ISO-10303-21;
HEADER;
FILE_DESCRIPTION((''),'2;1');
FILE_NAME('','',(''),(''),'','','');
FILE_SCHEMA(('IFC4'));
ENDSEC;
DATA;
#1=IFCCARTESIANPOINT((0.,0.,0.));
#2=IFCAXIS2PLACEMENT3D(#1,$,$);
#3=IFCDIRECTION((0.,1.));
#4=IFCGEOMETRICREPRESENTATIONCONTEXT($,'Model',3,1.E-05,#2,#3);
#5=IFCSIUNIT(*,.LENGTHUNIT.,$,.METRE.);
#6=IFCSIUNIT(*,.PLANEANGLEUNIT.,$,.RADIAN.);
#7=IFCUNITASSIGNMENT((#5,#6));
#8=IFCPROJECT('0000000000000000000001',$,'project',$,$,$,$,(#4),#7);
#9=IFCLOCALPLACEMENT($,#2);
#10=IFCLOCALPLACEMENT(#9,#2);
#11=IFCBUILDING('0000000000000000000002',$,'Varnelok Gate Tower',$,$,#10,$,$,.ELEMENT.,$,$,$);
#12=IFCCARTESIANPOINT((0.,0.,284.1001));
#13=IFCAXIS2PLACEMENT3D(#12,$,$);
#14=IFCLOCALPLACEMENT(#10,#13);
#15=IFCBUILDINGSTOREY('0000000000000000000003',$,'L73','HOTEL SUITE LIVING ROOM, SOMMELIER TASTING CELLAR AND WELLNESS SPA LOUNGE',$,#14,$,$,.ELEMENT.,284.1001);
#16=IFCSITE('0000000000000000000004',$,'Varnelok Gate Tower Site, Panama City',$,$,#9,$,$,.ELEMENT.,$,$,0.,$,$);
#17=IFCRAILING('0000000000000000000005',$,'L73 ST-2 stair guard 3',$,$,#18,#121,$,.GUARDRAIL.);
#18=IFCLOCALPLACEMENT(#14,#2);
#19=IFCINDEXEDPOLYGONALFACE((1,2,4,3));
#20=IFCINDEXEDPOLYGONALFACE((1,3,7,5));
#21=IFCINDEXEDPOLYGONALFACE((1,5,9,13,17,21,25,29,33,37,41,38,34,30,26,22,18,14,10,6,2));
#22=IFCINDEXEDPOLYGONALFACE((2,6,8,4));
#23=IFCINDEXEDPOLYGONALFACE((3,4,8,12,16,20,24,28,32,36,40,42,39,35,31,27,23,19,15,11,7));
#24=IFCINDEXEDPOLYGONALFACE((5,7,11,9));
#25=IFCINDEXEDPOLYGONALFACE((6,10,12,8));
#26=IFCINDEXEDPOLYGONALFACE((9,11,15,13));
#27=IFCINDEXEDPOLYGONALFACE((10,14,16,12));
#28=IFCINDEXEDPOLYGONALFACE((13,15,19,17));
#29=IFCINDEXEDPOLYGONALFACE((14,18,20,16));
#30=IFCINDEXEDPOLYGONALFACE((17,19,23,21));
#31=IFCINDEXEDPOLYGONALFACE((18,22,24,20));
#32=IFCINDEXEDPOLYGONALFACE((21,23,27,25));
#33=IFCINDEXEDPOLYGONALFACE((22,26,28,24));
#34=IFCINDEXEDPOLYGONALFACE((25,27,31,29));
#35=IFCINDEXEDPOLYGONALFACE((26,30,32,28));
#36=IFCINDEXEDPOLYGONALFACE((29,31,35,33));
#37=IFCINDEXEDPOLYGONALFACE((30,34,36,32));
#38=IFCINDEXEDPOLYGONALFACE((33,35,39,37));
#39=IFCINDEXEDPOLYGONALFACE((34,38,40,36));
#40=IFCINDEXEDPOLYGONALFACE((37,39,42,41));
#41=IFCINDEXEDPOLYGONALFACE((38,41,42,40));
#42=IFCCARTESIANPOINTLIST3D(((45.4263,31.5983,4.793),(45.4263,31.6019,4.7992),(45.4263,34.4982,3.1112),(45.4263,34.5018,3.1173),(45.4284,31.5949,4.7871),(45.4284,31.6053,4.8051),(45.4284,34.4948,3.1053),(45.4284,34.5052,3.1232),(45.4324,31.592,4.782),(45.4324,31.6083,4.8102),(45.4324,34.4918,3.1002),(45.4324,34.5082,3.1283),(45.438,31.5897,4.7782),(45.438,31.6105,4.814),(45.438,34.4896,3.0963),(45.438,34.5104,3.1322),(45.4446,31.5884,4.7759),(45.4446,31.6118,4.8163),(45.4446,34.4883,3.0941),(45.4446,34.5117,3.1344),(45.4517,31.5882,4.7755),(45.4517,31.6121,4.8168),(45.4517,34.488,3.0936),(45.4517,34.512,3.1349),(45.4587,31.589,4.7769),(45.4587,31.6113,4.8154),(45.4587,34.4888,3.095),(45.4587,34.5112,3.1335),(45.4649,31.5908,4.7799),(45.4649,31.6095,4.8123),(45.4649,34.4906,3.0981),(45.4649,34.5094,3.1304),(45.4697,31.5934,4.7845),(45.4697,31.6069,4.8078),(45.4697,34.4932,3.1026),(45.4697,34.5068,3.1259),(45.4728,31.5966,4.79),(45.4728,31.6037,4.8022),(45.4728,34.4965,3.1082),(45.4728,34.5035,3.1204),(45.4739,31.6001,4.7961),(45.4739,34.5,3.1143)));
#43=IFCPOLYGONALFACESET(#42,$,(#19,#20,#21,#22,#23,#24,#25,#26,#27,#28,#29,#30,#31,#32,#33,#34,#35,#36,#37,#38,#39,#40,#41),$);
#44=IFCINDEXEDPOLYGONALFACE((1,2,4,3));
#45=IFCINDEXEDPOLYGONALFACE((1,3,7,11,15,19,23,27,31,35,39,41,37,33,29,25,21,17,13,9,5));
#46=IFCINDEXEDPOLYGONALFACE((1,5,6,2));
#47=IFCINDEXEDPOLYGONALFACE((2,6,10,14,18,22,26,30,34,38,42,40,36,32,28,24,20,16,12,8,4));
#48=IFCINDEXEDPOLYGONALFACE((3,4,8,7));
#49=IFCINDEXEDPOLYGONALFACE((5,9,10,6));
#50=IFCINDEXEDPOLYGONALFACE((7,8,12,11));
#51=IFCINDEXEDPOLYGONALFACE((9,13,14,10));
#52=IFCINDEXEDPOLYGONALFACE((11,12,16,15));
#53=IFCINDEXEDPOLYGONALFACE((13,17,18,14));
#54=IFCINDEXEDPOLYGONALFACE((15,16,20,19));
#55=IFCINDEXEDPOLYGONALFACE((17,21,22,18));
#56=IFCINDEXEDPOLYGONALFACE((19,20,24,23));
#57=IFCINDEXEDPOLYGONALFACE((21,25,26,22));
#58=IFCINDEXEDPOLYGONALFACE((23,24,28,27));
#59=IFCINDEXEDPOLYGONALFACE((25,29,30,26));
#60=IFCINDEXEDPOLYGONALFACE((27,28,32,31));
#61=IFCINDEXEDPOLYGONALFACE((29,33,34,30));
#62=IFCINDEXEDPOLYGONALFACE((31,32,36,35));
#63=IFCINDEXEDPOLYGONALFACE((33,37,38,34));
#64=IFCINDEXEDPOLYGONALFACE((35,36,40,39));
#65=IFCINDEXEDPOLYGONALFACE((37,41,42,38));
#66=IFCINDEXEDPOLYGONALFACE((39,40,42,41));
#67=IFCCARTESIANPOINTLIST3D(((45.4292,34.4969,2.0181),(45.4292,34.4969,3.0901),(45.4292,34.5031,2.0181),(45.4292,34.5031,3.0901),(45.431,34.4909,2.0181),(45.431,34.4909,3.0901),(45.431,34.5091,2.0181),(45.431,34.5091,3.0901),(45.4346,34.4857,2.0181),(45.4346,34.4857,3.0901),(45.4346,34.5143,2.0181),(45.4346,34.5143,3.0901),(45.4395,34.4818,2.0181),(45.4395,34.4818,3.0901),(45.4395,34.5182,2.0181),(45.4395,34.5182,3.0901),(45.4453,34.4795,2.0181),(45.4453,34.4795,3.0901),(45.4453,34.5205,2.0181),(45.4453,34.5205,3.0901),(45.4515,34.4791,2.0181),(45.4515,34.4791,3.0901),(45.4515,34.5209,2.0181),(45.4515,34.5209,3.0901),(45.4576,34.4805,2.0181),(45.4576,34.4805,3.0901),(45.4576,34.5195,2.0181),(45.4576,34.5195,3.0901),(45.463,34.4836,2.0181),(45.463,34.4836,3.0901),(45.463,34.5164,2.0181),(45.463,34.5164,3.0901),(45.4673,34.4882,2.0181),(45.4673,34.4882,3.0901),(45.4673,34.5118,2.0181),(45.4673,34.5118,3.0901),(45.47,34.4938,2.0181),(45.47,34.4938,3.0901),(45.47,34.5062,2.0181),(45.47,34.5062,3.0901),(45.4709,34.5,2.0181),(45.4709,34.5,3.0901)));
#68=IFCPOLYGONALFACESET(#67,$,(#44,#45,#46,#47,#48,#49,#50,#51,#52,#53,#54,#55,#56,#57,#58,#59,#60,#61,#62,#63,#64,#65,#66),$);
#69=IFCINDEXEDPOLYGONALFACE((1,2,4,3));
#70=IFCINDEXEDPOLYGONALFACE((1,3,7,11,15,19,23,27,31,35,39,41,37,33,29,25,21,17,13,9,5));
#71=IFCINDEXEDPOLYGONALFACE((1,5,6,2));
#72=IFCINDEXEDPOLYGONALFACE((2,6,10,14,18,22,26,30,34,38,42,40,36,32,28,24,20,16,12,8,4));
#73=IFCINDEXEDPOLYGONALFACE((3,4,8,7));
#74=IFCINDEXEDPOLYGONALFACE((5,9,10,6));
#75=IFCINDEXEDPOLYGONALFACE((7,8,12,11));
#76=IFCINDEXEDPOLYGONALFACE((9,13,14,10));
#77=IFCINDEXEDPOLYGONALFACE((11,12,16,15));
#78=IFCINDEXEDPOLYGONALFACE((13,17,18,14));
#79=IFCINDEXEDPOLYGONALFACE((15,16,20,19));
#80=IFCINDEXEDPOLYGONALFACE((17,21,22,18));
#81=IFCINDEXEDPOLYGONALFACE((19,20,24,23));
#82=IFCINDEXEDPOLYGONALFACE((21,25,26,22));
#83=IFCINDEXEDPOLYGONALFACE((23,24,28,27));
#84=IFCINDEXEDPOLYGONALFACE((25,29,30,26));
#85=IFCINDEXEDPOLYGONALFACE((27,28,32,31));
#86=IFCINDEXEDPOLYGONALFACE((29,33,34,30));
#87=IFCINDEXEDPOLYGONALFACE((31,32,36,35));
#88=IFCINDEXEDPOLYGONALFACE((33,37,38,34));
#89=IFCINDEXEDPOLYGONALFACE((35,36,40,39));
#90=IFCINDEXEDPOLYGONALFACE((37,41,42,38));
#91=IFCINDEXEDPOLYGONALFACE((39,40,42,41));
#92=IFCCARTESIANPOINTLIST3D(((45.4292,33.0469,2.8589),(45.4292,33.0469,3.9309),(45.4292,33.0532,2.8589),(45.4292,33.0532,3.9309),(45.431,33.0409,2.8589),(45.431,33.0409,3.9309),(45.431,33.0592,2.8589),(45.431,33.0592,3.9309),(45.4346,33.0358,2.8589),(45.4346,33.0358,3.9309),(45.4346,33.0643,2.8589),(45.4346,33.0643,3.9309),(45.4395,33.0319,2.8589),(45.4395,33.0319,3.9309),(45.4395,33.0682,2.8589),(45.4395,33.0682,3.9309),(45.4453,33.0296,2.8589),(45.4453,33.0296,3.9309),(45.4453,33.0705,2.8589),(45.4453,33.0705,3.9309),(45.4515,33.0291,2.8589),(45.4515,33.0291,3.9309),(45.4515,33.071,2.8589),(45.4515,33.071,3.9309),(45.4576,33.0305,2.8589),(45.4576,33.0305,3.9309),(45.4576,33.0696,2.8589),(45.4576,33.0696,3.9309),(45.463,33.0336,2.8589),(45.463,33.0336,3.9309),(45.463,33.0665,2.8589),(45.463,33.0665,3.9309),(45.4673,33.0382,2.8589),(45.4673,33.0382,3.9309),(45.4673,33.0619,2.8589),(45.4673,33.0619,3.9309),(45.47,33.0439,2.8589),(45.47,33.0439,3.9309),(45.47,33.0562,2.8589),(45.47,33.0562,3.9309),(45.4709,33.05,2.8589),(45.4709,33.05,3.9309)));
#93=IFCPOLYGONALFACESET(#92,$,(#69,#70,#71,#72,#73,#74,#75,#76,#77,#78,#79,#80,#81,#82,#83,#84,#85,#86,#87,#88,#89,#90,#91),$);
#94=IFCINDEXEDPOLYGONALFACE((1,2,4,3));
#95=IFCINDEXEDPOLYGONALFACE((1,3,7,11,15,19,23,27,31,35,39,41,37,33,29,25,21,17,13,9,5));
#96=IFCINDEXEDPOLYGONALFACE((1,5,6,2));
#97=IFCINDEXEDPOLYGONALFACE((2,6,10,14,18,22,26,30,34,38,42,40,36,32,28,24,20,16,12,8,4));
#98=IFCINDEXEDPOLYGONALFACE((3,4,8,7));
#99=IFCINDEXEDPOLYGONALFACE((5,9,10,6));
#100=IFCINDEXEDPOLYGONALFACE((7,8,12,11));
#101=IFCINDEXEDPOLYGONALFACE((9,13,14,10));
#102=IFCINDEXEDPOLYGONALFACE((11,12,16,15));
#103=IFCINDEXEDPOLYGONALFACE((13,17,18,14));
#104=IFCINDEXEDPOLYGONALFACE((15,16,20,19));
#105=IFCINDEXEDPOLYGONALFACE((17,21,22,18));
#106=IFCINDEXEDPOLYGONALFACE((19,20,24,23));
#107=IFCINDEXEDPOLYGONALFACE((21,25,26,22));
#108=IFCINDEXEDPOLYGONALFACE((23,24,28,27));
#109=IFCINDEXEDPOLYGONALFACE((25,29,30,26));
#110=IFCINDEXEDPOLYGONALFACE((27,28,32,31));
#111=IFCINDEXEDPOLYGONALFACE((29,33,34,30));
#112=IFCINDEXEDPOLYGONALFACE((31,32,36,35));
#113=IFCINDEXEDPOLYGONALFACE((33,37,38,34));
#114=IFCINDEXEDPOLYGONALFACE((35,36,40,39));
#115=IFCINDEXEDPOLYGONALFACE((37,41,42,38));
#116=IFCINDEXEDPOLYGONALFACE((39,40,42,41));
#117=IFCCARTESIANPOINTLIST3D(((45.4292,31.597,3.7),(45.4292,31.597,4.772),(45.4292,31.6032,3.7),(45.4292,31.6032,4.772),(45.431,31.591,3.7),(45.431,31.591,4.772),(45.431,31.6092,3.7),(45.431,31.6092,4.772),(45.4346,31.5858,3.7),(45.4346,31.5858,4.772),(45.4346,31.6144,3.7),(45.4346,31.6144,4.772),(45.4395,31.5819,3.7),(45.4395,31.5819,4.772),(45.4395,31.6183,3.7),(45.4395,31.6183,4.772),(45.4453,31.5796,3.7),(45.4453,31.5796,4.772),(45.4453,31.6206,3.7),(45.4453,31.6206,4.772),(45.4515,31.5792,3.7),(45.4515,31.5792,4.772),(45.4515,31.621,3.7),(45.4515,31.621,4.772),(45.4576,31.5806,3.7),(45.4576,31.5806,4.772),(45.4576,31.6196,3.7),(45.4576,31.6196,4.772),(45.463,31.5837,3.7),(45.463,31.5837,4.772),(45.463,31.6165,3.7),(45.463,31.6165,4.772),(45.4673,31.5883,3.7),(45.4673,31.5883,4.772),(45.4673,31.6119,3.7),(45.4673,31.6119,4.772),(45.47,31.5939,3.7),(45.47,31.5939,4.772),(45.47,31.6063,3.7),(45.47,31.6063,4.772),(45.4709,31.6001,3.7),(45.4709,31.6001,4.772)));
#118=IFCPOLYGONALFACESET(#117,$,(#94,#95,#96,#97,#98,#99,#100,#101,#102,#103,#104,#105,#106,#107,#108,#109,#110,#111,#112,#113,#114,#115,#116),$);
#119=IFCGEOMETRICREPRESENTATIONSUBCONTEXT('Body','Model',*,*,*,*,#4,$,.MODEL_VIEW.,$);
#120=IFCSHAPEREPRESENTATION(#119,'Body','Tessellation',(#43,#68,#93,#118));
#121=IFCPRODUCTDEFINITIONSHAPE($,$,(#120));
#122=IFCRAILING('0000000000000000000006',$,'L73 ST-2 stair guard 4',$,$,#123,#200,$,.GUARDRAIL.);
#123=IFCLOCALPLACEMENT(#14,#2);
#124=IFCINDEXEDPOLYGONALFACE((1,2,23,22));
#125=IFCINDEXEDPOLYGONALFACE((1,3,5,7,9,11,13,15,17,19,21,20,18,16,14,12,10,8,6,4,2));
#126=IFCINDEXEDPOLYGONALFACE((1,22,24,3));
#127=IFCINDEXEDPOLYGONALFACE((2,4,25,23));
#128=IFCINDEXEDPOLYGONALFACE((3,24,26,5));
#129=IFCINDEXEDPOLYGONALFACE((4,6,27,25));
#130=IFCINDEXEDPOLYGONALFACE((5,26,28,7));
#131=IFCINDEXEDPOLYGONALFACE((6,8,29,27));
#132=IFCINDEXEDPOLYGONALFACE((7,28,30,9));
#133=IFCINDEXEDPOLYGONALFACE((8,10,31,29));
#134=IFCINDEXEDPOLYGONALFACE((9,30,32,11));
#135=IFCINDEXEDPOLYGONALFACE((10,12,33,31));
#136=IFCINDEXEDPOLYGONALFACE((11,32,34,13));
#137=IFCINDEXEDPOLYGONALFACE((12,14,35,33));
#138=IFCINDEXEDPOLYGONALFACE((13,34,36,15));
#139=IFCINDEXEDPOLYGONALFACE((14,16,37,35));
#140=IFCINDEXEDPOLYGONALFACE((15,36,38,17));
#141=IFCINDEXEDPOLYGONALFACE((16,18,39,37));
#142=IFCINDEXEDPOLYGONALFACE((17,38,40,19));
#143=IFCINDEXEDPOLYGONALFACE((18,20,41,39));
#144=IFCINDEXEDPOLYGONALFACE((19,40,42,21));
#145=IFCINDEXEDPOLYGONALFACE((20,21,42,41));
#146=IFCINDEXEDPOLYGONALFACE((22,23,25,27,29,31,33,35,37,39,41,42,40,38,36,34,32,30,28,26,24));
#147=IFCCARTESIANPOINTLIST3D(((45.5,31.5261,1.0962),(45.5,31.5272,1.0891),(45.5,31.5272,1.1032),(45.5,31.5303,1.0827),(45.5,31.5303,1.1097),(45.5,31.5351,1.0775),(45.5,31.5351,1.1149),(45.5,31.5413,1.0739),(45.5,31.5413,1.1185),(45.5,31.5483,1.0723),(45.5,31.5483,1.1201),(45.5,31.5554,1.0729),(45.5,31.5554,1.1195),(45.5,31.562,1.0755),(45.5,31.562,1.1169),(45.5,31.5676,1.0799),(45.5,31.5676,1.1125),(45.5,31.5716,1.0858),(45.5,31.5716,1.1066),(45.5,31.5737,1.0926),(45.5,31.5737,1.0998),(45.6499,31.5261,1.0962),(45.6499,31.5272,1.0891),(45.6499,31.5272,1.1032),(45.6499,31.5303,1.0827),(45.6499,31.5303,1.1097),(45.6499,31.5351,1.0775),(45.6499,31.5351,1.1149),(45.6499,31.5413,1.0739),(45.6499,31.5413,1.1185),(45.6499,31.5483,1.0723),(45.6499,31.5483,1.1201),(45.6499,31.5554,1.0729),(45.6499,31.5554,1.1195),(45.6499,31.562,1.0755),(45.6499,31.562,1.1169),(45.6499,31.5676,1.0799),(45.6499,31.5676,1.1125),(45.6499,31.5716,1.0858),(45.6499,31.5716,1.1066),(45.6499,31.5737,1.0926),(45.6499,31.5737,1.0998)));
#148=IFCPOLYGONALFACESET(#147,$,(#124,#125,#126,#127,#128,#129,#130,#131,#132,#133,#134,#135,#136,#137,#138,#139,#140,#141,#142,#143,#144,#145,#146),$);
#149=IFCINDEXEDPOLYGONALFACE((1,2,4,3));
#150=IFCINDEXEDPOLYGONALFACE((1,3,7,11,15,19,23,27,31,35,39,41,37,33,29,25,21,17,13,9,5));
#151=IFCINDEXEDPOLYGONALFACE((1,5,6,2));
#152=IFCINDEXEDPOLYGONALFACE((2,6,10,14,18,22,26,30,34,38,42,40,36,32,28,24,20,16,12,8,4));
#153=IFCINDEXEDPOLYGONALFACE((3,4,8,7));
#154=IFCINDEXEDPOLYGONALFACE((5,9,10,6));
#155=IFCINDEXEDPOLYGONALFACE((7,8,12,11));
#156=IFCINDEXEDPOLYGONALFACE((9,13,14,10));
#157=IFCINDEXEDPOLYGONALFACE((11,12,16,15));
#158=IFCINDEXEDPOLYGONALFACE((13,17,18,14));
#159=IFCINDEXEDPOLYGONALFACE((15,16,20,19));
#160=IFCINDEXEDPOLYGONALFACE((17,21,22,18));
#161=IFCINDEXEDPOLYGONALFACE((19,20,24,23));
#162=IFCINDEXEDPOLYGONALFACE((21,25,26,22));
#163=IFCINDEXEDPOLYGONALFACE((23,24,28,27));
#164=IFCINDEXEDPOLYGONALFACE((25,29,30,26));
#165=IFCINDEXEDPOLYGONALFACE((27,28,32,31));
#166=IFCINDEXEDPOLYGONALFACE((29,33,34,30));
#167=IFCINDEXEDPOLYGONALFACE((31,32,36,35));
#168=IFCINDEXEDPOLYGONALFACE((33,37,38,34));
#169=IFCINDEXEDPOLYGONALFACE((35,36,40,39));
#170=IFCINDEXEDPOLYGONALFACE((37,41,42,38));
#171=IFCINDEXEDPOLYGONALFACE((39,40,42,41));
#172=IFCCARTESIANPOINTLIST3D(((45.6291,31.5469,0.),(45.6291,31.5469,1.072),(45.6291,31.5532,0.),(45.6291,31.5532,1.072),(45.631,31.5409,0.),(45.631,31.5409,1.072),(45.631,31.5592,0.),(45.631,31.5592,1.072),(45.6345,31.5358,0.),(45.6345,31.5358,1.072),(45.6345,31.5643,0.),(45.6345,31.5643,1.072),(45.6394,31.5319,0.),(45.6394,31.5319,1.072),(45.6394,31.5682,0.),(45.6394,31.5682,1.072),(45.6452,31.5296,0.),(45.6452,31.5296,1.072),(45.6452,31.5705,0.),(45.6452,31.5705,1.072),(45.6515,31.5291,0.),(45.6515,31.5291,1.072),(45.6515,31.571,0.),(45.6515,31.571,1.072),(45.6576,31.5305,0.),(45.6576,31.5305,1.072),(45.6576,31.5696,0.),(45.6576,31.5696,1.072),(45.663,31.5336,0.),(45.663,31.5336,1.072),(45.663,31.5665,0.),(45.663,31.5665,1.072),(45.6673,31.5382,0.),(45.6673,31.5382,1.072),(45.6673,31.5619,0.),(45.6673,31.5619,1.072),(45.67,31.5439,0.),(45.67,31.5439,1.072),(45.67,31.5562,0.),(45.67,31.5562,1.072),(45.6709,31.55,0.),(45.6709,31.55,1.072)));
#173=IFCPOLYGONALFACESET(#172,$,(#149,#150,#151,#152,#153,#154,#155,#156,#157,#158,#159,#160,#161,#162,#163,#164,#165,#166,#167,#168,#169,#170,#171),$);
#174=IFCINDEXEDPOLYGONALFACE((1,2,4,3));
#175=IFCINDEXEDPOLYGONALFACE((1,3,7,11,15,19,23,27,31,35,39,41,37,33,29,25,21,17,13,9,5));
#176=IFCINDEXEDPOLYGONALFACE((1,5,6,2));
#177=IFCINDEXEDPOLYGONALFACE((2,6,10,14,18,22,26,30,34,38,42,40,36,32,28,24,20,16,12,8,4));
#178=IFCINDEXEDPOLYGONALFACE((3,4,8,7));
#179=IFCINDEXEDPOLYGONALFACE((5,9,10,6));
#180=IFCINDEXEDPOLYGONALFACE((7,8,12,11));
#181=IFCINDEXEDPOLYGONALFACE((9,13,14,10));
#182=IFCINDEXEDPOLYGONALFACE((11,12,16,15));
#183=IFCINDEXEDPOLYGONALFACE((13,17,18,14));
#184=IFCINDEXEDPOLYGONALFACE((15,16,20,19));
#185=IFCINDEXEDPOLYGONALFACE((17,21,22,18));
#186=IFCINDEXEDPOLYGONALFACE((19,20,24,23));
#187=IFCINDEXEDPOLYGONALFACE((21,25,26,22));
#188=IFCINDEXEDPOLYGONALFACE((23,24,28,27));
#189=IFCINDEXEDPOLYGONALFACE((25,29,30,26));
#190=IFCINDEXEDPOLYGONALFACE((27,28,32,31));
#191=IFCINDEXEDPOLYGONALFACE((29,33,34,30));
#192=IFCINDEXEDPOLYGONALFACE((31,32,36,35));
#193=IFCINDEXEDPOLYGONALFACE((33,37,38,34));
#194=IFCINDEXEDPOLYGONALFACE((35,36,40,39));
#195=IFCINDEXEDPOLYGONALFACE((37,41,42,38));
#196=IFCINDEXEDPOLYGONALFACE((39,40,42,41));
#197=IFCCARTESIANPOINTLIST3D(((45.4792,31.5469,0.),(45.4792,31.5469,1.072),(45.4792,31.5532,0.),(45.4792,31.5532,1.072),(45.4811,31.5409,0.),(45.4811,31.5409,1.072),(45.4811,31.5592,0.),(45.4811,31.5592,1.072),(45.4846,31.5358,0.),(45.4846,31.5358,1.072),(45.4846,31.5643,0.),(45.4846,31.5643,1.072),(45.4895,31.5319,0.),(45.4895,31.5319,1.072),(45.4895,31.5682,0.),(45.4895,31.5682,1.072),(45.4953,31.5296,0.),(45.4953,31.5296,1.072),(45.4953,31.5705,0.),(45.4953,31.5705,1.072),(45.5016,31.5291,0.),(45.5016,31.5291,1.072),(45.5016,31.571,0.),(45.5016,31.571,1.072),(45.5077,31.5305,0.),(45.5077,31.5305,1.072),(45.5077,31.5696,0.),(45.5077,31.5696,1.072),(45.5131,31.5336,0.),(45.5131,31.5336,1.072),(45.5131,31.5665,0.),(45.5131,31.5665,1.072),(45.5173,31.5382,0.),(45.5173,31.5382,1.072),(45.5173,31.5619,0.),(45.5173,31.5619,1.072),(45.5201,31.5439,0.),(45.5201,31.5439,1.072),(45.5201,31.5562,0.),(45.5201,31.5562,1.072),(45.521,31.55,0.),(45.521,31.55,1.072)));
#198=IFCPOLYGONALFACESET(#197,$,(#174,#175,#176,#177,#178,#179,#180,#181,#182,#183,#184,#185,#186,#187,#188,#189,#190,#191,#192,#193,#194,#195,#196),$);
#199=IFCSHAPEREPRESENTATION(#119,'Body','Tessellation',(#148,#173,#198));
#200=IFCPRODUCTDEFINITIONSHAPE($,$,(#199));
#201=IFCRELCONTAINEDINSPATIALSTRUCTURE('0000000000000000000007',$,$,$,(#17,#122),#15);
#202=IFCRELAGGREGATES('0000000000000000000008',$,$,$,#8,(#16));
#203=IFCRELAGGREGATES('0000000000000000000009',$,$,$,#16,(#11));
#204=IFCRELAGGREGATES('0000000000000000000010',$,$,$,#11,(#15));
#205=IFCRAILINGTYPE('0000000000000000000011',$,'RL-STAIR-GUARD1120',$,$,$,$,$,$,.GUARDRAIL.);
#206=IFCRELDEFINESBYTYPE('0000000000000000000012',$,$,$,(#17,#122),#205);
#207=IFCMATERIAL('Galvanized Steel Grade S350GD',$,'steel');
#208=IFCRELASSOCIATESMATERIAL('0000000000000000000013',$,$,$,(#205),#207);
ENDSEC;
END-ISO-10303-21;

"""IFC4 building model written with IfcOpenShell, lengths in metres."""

from ifc_helpers import new_model, si_unit, direction, frame, origin, origin_2d, place, context, subcontext, project, spatial, circle, extrude, material, type_object, element, save


model = new_model("IFC4")

# Units and contexts
model_context = context("Model", 3, precision=1e-05, world=origin(), true_north=direction((0.0, 1.0)))
body_context = subcontext(model_context, "Body", "Model", "MODEL_VIEW")
ifc_project = project(units=[si_unit("LENGTHUNIT", "METRE"), si_unit("PLANEANGLEUNIT", "RADIAN")], contexts=[model_context])

# Site, building, storey
site_placement = place(None, origin())
site = spatial("IfcSite", under=ifc_project, at=site_placement, Name="Varnelok Gate Tower Site, Panama City", CompositionType="ELEMENT", RefElevation=0.0)
building_placement = place(site_placement, origin())
building = spatial("IfcBuilding", under=site, at=building_placement, Name="Varnelok Gate Tower", CompositionType="ELEMENT")
storey_placement = place(building_placement, frame((0.0, 0.0, 284.1001)))
storey = spatial("IfcBuildingStorey", under=building, at=storey_placement, Name="L73", Description="HOTEL SUITE LIVING ROOM, SOMMELIER TASTING CELLAR AND WELLNESS SPA LOUNGE", CompositionType="ELEMENT", Elevation=284.1001)

# Shared definitions
ifc_material_1 = material(Name="Galvanized Steel Grade S350GD", Category="steel")

# Railings
railing_type_1 = type_object("IfcRailingType", Name="RL-STAIR-GUARD1120", PredefinedType="GUARDRAIL", material=ifc_material_1)
railing_1_placement = place(storey_placement, frame((45.45, 34.5, 2.0181)))
element("IfcRailing", 1, at=railing_1_placement, inside=storey, type_object=railing_type_1, Name="L73 ST-2 stair guard 3", PredefinedType="GUARDRAIL", context=body_context, shape_type="SweptSolid", body=[
    extrude(circle(Radius=0.0239, at=origin_2d()), frame((0.0, 0.0, 1.0962), z_axis=(0.0, -0.865039, 0.501705), x_axis=(1.0, 0.0, 0.0)), (0.0, 0.0, 1.0), 3.3523),
    extrude(circle(Radius=0.021, at=origin_2d()), origin(), (0.0, 0.0, 1.0), 1.072),
    extrude(circle(Radius=0.021, at=origin_2d()), frame((0.0, -1.45, 0.8408)), (0.0, 0.0, 1.0), 1.072),
    extrude(circle(Radius=0.021, at=origin_2d()), frame((0.0, -2.8999, 1.6819)), (0.0, 0.0, 1.0), 1.072),
])
railing_2_placement = place(storey_placement, frame((45.6499, 31.55, 0.0)))
element("IfcRailing", 2, at=railing_2_placement, inside=storey, type_object=railing_type_1, Name="L73 ST-2 stair guard 4", PredefinedType="GUARDRAIL", context=body_context, shape_type="SweptSolid", body=[
    extrude(circle(Radius=0.0239, at=origin_2d()), frame((0.0, 0.0, 1.0962), z_axis=(-1.0, 0.0, 0.0), x_axis=(0.0, -1.0, 0.0)), (0.0, 0.0, 1.0), 0.1499),
    extrude(circle(Radius=0.021, at=origin_2d()), origin(), (0.0, 0.0, 1.0), 1.072),
    extrude(circle(Radius=0.021, at=origin_2d()), frame((-0.1499, 0.0, 0.0)), (0.0, 0.0, 1.0), 1.072),
])

save(model, "model.ifc")
